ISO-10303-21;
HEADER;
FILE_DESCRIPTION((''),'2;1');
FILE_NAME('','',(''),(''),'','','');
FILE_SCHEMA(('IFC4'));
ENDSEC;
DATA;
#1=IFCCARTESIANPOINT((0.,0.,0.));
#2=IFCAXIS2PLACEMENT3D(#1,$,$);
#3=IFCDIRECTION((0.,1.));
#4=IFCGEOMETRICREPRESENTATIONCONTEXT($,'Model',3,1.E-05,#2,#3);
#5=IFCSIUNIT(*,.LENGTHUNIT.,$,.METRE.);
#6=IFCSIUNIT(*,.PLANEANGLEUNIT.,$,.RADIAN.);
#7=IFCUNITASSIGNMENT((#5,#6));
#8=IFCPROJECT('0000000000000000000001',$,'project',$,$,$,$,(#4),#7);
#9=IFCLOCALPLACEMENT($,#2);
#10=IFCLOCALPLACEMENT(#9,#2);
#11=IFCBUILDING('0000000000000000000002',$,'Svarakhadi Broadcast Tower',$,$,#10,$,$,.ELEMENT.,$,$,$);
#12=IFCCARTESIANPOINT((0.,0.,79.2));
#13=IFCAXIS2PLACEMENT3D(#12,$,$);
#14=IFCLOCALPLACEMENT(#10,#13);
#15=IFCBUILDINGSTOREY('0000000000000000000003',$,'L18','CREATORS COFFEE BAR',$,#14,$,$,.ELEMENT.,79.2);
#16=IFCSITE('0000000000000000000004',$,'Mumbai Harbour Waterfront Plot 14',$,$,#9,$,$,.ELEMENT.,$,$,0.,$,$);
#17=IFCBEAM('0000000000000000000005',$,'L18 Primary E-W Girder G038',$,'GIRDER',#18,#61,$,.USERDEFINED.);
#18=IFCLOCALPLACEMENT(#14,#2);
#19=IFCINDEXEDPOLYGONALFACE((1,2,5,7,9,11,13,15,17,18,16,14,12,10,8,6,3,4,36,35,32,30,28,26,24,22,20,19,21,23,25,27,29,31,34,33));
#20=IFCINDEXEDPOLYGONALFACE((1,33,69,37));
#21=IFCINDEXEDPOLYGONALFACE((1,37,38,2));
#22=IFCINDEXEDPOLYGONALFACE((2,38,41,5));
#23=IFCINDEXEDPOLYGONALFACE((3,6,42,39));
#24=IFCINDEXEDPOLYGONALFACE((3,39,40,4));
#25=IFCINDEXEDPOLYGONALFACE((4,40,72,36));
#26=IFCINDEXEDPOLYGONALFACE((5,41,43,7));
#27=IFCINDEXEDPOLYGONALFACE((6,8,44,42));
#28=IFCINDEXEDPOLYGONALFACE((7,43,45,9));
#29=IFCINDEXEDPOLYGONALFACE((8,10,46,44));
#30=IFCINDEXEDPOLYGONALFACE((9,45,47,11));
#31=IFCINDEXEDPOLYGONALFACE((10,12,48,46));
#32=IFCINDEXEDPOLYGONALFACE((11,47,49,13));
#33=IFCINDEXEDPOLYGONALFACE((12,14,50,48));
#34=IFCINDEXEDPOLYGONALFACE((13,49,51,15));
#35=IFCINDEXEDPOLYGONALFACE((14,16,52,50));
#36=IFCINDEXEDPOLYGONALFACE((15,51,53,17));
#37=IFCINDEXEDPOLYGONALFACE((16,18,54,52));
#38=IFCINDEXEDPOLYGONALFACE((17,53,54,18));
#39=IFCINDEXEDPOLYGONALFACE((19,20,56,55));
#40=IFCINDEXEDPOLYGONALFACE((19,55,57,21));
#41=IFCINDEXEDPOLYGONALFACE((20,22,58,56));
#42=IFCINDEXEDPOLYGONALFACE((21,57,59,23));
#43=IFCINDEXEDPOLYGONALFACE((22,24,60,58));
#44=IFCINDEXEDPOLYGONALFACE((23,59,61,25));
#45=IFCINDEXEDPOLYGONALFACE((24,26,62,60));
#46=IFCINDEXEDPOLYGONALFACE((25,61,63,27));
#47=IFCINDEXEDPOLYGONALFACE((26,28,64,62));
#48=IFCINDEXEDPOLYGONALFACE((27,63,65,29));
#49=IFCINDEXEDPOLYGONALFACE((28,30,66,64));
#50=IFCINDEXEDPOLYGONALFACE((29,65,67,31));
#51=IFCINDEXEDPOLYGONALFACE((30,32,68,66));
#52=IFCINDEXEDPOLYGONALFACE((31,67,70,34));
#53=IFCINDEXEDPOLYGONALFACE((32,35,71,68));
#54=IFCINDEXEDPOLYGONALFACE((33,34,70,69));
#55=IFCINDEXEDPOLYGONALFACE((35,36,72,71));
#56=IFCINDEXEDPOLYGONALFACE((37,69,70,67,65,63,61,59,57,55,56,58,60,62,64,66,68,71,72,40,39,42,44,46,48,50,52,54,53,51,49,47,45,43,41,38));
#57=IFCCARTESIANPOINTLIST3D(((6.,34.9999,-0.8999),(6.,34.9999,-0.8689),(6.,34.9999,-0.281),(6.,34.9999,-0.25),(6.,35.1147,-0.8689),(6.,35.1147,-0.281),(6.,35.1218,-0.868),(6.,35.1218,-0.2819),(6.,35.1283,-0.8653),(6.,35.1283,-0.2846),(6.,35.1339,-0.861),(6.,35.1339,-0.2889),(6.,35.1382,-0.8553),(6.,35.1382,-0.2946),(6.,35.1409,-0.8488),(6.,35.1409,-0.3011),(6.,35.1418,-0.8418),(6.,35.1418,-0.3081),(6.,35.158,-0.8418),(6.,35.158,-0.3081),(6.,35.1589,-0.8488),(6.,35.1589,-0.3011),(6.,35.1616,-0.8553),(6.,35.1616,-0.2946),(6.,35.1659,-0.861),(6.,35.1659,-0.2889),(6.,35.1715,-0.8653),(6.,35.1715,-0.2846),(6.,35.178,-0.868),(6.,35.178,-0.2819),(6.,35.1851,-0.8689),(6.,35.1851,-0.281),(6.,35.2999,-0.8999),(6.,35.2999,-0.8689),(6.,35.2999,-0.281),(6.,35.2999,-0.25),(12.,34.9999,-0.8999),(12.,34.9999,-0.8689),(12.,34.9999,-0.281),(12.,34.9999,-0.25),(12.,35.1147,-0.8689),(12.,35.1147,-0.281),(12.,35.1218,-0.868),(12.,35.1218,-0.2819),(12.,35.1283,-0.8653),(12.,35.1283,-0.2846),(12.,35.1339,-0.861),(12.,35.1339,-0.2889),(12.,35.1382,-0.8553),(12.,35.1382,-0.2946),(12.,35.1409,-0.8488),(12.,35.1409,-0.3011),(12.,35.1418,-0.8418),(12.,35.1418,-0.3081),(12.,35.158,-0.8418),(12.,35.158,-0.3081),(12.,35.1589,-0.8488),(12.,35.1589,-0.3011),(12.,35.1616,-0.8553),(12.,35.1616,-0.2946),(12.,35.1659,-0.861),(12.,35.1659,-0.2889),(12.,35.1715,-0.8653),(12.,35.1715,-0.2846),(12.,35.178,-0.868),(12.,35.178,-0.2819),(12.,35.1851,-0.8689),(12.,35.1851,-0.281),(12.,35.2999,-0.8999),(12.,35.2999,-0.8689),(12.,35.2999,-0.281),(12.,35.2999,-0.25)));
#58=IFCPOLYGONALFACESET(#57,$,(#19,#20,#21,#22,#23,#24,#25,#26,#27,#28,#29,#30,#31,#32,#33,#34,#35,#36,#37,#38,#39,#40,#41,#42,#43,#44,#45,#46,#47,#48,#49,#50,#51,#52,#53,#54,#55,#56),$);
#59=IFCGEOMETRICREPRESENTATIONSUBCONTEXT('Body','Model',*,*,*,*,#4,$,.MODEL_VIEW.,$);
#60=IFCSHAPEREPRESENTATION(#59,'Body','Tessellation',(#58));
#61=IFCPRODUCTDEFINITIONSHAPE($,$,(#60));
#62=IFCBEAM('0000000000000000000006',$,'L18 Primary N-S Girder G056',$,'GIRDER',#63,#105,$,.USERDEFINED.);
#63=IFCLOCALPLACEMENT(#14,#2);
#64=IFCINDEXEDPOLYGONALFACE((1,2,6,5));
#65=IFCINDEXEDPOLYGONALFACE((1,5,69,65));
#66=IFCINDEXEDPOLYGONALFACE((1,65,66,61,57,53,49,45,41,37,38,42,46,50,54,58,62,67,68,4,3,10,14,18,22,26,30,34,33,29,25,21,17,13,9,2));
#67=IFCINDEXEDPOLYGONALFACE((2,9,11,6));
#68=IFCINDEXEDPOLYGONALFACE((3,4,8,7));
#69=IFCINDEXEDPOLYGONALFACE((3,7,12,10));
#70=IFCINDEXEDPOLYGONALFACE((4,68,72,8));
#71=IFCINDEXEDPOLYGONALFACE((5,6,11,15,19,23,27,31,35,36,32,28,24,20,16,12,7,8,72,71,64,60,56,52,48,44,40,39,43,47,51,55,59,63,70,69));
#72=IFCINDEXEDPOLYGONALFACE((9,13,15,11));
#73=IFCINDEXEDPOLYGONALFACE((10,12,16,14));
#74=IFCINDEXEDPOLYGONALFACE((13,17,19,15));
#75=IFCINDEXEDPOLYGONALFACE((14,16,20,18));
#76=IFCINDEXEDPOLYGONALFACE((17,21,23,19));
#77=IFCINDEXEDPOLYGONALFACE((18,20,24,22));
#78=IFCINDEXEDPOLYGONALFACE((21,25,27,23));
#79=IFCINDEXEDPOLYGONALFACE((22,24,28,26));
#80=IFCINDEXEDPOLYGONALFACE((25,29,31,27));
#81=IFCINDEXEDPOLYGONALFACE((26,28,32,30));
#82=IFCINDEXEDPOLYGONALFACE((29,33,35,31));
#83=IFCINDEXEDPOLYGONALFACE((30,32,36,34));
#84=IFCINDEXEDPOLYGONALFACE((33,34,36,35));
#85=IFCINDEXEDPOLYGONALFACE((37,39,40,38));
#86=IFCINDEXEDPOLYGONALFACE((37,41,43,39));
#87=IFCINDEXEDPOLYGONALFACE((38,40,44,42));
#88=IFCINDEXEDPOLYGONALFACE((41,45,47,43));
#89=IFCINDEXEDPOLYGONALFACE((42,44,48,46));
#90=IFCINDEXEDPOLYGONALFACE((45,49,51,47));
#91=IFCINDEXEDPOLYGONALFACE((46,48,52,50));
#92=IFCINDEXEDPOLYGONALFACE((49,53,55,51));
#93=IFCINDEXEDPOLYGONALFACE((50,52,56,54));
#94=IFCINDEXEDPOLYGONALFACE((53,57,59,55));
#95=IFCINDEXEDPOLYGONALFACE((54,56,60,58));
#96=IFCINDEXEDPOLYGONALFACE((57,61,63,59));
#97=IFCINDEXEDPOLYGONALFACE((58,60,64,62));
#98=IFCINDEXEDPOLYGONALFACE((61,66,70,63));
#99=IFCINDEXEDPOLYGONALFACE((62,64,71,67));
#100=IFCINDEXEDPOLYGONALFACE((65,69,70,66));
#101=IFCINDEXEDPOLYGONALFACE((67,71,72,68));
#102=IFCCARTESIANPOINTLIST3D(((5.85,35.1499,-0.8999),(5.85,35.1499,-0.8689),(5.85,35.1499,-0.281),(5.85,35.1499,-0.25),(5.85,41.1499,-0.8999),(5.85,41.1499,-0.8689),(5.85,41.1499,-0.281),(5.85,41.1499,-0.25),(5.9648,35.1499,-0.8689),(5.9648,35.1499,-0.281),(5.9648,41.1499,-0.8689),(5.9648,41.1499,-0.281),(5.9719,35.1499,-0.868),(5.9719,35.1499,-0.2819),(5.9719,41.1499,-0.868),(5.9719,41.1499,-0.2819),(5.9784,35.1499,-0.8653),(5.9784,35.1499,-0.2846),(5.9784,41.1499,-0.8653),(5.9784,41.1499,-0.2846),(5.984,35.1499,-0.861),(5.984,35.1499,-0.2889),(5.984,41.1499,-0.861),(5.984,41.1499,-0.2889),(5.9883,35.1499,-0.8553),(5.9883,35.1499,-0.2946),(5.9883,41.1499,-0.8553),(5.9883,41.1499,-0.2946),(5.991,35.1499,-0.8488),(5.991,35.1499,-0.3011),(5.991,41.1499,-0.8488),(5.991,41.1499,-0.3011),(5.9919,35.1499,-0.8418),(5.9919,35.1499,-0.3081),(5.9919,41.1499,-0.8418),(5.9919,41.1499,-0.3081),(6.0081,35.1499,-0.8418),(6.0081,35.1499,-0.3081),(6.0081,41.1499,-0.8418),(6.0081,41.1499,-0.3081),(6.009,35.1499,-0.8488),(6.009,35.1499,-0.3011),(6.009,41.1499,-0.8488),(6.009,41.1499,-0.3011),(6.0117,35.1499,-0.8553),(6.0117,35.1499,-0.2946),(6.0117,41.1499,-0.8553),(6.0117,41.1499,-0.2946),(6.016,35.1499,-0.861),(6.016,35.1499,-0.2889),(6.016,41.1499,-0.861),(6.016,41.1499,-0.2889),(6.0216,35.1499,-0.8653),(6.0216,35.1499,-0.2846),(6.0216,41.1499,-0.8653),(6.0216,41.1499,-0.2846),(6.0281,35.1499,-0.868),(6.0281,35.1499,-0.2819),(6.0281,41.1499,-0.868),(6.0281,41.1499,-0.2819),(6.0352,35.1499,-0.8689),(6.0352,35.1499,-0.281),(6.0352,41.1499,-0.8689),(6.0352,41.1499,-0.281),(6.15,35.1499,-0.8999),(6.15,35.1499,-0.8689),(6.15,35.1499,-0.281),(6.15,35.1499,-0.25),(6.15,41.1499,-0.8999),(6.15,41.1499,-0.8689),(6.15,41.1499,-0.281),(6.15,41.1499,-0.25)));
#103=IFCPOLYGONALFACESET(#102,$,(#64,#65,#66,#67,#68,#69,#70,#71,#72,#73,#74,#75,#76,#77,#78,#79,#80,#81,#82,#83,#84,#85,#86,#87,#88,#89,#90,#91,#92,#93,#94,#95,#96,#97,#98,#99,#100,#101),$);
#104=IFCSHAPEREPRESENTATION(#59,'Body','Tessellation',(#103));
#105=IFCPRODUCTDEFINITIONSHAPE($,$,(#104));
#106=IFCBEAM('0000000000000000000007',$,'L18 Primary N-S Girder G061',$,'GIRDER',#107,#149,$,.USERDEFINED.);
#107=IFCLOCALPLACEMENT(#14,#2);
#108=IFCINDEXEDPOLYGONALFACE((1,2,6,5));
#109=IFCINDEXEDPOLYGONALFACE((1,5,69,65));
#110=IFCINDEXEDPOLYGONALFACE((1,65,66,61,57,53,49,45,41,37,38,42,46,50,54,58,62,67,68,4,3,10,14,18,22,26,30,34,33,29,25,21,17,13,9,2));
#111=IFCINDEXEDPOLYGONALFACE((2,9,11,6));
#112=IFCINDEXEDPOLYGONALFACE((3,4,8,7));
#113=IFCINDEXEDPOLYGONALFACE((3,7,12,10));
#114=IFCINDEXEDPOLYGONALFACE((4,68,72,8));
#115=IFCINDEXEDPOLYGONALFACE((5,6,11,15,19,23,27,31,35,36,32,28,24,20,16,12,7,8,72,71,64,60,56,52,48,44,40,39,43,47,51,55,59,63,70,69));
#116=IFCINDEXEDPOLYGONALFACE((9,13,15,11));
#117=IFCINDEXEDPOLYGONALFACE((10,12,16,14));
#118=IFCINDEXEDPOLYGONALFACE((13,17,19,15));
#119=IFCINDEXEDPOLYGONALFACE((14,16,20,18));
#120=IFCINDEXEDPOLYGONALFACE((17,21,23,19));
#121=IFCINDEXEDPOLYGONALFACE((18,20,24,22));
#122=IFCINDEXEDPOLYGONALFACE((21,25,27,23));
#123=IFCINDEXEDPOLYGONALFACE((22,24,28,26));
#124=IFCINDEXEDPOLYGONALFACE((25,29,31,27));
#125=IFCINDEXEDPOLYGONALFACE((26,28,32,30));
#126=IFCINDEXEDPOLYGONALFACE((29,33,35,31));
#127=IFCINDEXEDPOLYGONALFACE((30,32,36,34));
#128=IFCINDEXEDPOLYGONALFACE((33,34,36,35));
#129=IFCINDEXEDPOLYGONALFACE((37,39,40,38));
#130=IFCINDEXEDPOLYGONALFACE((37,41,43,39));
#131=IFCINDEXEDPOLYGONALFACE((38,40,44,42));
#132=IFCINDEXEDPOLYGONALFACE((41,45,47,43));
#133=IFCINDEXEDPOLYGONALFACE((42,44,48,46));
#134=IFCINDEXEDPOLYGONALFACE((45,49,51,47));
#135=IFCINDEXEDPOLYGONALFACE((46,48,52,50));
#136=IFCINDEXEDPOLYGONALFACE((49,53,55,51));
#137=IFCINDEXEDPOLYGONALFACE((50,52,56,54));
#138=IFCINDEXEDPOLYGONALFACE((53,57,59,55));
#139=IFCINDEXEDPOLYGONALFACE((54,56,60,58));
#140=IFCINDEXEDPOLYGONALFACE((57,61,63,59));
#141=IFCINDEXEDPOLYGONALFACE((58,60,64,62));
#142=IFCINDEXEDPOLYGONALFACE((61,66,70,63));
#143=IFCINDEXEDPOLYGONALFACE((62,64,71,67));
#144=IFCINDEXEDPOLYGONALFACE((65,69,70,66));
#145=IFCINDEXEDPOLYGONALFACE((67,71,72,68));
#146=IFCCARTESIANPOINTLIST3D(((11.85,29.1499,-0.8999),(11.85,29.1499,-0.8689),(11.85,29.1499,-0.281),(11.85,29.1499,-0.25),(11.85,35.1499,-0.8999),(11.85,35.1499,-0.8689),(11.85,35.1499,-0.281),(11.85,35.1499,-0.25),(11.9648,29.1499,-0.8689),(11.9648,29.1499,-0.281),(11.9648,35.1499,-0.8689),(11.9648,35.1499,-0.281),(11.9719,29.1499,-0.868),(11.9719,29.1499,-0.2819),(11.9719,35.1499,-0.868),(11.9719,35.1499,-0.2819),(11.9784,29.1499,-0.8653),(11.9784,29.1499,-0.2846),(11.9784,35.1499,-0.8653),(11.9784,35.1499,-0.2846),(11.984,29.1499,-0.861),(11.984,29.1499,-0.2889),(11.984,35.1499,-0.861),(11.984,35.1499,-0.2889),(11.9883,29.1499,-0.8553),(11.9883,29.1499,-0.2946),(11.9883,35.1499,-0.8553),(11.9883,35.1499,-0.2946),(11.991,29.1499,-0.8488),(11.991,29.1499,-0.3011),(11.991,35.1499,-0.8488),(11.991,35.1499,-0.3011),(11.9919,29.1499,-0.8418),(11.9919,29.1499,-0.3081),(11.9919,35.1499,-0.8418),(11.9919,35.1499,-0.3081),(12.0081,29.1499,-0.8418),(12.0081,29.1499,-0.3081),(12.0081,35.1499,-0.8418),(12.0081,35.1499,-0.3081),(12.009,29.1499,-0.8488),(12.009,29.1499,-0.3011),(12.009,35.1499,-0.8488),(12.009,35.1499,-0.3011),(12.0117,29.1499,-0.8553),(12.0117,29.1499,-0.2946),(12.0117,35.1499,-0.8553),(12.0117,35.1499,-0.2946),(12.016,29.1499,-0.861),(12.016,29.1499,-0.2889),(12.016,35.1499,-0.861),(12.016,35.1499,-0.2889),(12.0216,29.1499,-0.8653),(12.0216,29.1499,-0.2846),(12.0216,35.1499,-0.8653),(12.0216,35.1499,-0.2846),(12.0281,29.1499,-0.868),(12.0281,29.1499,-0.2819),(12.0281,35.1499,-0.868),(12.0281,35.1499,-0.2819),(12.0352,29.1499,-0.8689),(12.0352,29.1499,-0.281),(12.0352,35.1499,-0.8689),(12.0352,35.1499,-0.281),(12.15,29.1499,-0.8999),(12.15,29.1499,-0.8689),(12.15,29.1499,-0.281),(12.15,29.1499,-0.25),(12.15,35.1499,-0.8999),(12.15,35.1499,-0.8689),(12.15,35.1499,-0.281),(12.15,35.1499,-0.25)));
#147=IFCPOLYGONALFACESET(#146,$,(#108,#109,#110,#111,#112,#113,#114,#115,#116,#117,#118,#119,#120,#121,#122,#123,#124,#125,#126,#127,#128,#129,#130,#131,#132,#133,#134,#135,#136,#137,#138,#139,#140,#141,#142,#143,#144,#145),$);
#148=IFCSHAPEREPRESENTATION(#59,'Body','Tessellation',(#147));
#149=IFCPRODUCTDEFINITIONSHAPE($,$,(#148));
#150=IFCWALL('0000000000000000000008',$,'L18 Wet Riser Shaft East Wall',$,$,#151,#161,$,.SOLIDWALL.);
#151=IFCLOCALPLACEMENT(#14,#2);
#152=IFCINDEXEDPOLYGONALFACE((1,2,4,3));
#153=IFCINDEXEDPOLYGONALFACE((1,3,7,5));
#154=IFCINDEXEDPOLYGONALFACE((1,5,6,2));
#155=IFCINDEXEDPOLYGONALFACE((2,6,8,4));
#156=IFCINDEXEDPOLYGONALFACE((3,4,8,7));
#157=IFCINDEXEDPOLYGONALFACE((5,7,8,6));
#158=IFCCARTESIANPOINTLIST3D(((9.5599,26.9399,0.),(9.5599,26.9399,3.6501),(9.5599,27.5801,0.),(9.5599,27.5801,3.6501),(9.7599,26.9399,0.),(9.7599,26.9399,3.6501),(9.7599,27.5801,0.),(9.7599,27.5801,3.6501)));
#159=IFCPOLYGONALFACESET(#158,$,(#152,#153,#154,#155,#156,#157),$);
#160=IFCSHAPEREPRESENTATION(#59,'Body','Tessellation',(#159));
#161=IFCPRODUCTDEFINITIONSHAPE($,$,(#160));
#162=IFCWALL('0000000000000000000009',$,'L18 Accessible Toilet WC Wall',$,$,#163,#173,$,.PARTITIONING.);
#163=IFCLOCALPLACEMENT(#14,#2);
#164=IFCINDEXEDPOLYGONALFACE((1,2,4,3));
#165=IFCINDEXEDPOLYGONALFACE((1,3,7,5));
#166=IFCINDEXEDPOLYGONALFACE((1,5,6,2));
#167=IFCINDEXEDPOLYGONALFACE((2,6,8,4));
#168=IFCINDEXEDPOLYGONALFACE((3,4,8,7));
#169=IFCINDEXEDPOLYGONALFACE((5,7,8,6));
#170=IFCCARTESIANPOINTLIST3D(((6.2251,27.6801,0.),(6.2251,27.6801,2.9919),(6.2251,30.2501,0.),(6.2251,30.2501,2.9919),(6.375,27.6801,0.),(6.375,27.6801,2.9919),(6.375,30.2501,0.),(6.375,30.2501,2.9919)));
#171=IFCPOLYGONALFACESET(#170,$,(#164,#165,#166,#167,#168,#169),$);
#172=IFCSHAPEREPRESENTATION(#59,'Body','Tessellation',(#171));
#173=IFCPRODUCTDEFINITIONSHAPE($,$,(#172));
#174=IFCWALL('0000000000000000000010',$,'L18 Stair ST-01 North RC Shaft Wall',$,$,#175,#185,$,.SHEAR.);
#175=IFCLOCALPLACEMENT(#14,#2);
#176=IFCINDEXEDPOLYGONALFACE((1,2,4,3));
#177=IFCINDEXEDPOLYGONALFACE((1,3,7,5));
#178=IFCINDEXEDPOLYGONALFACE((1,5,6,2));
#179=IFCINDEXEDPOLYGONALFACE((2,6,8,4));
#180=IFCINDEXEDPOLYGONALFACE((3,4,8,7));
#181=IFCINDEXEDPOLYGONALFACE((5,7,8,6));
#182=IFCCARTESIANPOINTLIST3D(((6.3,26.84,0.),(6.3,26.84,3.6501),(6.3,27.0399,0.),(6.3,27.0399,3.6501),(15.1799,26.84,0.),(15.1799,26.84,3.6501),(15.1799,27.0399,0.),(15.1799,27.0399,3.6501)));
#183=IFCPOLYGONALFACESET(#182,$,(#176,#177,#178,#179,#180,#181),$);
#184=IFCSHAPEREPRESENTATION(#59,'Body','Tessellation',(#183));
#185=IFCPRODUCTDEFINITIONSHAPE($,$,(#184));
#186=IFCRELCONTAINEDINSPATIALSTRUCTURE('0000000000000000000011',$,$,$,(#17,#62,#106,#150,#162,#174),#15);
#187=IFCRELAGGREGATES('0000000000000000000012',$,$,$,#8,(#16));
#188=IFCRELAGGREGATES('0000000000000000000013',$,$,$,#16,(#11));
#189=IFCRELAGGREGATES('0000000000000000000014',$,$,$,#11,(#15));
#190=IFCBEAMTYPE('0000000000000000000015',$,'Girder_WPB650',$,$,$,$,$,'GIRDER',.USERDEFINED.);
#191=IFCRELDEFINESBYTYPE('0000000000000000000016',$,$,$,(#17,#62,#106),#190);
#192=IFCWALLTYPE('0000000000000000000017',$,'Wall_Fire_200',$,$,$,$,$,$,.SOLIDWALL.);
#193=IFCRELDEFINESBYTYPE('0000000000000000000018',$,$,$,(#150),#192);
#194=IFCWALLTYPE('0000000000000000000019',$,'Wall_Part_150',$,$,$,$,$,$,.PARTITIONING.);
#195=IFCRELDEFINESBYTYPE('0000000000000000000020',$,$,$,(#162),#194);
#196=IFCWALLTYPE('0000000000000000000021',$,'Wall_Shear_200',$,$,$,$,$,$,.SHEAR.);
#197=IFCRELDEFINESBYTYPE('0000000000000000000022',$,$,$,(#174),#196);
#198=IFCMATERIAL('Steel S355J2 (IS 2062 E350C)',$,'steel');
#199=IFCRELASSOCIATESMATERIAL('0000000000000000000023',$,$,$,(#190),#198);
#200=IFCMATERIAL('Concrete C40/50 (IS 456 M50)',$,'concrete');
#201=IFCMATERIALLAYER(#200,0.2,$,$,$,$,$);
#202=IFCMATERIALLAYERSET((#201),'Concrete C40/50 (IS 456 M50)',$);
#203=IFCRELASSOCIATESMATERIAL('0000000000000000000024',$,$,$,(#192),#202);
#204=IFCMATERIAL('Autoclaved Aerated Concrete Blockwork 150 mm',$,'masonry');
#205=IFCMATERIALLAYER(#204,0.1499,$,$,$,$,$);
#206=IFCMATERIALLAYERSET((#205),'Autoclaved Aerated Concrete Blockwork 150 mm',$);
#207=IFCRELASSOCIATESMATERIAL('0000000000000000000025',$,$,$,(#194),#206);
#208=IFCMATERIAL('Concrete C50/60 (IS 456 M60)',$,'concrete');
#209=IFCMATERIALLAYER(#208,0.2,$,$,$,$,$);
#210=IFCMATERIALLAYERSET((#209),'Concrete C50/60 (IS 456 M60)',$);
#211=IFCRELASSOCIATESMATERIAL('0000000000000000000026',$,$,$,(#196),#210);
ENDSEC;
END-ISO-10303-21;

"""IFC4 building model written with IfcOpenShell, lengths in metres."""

from ifc_helpers import new_model, si_unit, direction, frame, frame_2d, origin, origin_2d, place, context, subcontext, project, spatial, rectangle, i_section, extrude, material, layer, layer_set, material_profile, profile_set, type_object, element, save


model = new_model("IFC4")

# Units and contexts
model_context = context("Model", 3, precision=1e-05, world=origin(), true_north=direction((0.0, 1.0)))
body_context = subcontext(model_context, "Body", "Model", "MODEL_VIEW")
ifc_project = project(units=[si_unit("LENGTHUNIT", "METRE"), si_unit("PLANEANGLEUNIT", "RADIAN")], contexts=[model_context])

# Site, building, storey
site_placement = place(None, origin())
site = spatial("IfcSite", under=ifc_project, at=site_placement, Name="Mumbai Harbour Waterfront Plot 14", CompositionType="ELEMENT", RefElevation=0.0)
building_placement = place(site_placement, origin())
building = spatial("IfcBuilding", under=site, at=building_placement, Name="Svarakhadi Broadcast Tower", CompositionType="ELEMENT")
storey_placement = place(building_placement, frame((0.0, 0.0, 79.2)))
storey = spatial("IfcBuildingStorey", under=building, at=storey_placement, Name="L18", Description="CREATORS COFFEE BAR", CompositionType="ELEMENT", Elevation=79.2)

# Beams
ifc_material_1 = material(Name="Steel S355J2 (IS 2062 E350C)", Category="steel")
ifc_material_profile_1 = material_profile(ifc_material_1, i_section(OverallWidth=0.3, OverallDepth=0.6499, WebThickness=0.0161, FlangeThickness=0.031, FilletRadius=0.0271, at=origin_2d()), Name="WPB 650x300x225")
ifc_profile_set_1 = profile_set([ifc_material_profile_1], Name="Steel S355J2 (IS 2062 E350C)")
beam_type_1 = type_object("IfcBeamType", Name="Girder_WPB650", ElementType="GIRDER", PredefinedType="USERDEFINED", material=ifc_profile_set_1)
for number, where, z_axis, x_axis, name in (
    (1, (6.0, 35.1499, -0.575), (1.0, 0.0, 0.0), (0.0, 1.0, 0.0), "L18 Primary E-W Girder G038"),
    (2, (6.0, 35.1499, -0.575), (0.0, 1.0, 0.0), (-1.0, 0.0, 0.0), "L18 Primary N-S Girder G056"),
    (3, (12.0, 29.1499, -0.575), (0.0, 1.0, 0.0), (-1.0, 0.0, 0.0), "L18 Primary N-S Girder G061"),
):
    element("IfcBeam", number, at=place(storey_placement, frame(where, z_axis=z_axis, x_axis=x_axis)), inside=storey, type_object=beam_type_1, Name=name, ObjectType="GIRDER", PredefinedType="USERDEFINED", context=body_context, shape_type="SweptSolid", body=[
        extrude(i_section(OverallWidth=0.3, OverallDepth=0.6499, WebThickness=0.0161, FlangeThickness=0.031, FilletRadius=0.0271, at=origin_2d()), origin(), (0.0, 0.0, 1.0), 6.0),
    ])

# Walls
ifc_material_2 = material(Name="Concrete C40/50 (IS 456 M50)", Category="concrete")
ifc_layer_1 = layer(ifc_material_2, 0.2)
ifc_layer_set_1 = layer_set([ifc_layer_1], Name="Concrete C40/50 (IS 456 M50)")
wall_type_1 = type_object("IfcWallType", Name="Wall_Fire_200", PredefinedType="SOLIDWALL", material=ifc_layer_set_1)
wall_1_placement = place(storey_placement, frame((9.6599, 26.9399, 0.0), z_axis=(0.0, 0.0, 1.0), x_axis=(0.0, 1.0, 0.0)))
element("IfcWall", 4, at=wall_1_placement, inside=storey, type_object=wall_type_1, Name="L18 Wet Riser Shaft East Wall", PredefinedType="SOLIDWALL", context=body_context, shape_type="SweptSolid", body=[
    extrude(rectangle(XDim=0.6401, YDim=0.2, at=frame_2d((0.3201, 0.0))), origin(), (0.0, 0.0, 1.0), 3.6501),
])
ifc_material_3 = material(Name="Autoclaved Aerated Concrete Blockwork 150 mm", Category="masonry")
ifc_layer_2 = layer(ifc_material_3, 0.1499)
ifc_layer_set_2 = layer_set([ifc_layer_2], Name="Autoclaved Aerated Concrete Blockwork 150 mm")
wall_type_2 = type_object("IfcWallType", Name="Wall_Part_150", PredefinedType="PARTITIONING", material=ifc_layer_set_2)
wall_2_placement = place(storey_placement, frame((6.3, 27.6799, 0.0), z_axis=(0.0, 0.0, 1.0), x_axis=(0.0, 1.0, 0.0)))
element("IfcWall", 5, at=wall_2_placement, inside=storey, type_object=wall_type_2, Name="L18 Accessible Toilet WC Wall", PredefinedType="PARTITIONING", context=body_context, shape_type="SweptSolid", body=[
    extrude(rectangle(XDim=2.5701, YDim=0.1499, at=frame_2d((1.2852, 0.0))), origin(), (0.0, 0.0, 1.0), 2.9919),
])
ifc_material_4 = material(Name="Concrete C50/60 (IS 456 M60)", Category="concrete")
ifc_layer_3 = layer(ifc_material_4, 0.2)
ifc_layer_set_3 = layer_set([ifc_layer_3], Name="Concrete C50/60 (IS 456 M60)")
wall_type_3 = type_object("IfcWallType", Name="Wall_Shear_200", PredefinedType="SHEAR", material=ifc_layer_set_3)
wall_3_placement = place(storey_placement, frame((6.3, 26.9399, 0.0), z_axis=(0.0, 0.0, 1.0), x_axis=(1.0, 0.0, 0.0)))
element("IfcWall", 6, at=wall_3_placement, inside=storey, type_object=wall_type_3, Name="L18 Stair ST-01 North RC Shaft Wall", PredefinedType="SHEAR", context=body_context, shape_type="SweptSolid", body=[
    extrude(rectangle(XDim=8.8799, YDim=0.2, at=frame_2d((4.4399, 0.0))), origin(), (0.0, 0.0, 1.0), 3.6501),
])

save(model, "model.ifc")
